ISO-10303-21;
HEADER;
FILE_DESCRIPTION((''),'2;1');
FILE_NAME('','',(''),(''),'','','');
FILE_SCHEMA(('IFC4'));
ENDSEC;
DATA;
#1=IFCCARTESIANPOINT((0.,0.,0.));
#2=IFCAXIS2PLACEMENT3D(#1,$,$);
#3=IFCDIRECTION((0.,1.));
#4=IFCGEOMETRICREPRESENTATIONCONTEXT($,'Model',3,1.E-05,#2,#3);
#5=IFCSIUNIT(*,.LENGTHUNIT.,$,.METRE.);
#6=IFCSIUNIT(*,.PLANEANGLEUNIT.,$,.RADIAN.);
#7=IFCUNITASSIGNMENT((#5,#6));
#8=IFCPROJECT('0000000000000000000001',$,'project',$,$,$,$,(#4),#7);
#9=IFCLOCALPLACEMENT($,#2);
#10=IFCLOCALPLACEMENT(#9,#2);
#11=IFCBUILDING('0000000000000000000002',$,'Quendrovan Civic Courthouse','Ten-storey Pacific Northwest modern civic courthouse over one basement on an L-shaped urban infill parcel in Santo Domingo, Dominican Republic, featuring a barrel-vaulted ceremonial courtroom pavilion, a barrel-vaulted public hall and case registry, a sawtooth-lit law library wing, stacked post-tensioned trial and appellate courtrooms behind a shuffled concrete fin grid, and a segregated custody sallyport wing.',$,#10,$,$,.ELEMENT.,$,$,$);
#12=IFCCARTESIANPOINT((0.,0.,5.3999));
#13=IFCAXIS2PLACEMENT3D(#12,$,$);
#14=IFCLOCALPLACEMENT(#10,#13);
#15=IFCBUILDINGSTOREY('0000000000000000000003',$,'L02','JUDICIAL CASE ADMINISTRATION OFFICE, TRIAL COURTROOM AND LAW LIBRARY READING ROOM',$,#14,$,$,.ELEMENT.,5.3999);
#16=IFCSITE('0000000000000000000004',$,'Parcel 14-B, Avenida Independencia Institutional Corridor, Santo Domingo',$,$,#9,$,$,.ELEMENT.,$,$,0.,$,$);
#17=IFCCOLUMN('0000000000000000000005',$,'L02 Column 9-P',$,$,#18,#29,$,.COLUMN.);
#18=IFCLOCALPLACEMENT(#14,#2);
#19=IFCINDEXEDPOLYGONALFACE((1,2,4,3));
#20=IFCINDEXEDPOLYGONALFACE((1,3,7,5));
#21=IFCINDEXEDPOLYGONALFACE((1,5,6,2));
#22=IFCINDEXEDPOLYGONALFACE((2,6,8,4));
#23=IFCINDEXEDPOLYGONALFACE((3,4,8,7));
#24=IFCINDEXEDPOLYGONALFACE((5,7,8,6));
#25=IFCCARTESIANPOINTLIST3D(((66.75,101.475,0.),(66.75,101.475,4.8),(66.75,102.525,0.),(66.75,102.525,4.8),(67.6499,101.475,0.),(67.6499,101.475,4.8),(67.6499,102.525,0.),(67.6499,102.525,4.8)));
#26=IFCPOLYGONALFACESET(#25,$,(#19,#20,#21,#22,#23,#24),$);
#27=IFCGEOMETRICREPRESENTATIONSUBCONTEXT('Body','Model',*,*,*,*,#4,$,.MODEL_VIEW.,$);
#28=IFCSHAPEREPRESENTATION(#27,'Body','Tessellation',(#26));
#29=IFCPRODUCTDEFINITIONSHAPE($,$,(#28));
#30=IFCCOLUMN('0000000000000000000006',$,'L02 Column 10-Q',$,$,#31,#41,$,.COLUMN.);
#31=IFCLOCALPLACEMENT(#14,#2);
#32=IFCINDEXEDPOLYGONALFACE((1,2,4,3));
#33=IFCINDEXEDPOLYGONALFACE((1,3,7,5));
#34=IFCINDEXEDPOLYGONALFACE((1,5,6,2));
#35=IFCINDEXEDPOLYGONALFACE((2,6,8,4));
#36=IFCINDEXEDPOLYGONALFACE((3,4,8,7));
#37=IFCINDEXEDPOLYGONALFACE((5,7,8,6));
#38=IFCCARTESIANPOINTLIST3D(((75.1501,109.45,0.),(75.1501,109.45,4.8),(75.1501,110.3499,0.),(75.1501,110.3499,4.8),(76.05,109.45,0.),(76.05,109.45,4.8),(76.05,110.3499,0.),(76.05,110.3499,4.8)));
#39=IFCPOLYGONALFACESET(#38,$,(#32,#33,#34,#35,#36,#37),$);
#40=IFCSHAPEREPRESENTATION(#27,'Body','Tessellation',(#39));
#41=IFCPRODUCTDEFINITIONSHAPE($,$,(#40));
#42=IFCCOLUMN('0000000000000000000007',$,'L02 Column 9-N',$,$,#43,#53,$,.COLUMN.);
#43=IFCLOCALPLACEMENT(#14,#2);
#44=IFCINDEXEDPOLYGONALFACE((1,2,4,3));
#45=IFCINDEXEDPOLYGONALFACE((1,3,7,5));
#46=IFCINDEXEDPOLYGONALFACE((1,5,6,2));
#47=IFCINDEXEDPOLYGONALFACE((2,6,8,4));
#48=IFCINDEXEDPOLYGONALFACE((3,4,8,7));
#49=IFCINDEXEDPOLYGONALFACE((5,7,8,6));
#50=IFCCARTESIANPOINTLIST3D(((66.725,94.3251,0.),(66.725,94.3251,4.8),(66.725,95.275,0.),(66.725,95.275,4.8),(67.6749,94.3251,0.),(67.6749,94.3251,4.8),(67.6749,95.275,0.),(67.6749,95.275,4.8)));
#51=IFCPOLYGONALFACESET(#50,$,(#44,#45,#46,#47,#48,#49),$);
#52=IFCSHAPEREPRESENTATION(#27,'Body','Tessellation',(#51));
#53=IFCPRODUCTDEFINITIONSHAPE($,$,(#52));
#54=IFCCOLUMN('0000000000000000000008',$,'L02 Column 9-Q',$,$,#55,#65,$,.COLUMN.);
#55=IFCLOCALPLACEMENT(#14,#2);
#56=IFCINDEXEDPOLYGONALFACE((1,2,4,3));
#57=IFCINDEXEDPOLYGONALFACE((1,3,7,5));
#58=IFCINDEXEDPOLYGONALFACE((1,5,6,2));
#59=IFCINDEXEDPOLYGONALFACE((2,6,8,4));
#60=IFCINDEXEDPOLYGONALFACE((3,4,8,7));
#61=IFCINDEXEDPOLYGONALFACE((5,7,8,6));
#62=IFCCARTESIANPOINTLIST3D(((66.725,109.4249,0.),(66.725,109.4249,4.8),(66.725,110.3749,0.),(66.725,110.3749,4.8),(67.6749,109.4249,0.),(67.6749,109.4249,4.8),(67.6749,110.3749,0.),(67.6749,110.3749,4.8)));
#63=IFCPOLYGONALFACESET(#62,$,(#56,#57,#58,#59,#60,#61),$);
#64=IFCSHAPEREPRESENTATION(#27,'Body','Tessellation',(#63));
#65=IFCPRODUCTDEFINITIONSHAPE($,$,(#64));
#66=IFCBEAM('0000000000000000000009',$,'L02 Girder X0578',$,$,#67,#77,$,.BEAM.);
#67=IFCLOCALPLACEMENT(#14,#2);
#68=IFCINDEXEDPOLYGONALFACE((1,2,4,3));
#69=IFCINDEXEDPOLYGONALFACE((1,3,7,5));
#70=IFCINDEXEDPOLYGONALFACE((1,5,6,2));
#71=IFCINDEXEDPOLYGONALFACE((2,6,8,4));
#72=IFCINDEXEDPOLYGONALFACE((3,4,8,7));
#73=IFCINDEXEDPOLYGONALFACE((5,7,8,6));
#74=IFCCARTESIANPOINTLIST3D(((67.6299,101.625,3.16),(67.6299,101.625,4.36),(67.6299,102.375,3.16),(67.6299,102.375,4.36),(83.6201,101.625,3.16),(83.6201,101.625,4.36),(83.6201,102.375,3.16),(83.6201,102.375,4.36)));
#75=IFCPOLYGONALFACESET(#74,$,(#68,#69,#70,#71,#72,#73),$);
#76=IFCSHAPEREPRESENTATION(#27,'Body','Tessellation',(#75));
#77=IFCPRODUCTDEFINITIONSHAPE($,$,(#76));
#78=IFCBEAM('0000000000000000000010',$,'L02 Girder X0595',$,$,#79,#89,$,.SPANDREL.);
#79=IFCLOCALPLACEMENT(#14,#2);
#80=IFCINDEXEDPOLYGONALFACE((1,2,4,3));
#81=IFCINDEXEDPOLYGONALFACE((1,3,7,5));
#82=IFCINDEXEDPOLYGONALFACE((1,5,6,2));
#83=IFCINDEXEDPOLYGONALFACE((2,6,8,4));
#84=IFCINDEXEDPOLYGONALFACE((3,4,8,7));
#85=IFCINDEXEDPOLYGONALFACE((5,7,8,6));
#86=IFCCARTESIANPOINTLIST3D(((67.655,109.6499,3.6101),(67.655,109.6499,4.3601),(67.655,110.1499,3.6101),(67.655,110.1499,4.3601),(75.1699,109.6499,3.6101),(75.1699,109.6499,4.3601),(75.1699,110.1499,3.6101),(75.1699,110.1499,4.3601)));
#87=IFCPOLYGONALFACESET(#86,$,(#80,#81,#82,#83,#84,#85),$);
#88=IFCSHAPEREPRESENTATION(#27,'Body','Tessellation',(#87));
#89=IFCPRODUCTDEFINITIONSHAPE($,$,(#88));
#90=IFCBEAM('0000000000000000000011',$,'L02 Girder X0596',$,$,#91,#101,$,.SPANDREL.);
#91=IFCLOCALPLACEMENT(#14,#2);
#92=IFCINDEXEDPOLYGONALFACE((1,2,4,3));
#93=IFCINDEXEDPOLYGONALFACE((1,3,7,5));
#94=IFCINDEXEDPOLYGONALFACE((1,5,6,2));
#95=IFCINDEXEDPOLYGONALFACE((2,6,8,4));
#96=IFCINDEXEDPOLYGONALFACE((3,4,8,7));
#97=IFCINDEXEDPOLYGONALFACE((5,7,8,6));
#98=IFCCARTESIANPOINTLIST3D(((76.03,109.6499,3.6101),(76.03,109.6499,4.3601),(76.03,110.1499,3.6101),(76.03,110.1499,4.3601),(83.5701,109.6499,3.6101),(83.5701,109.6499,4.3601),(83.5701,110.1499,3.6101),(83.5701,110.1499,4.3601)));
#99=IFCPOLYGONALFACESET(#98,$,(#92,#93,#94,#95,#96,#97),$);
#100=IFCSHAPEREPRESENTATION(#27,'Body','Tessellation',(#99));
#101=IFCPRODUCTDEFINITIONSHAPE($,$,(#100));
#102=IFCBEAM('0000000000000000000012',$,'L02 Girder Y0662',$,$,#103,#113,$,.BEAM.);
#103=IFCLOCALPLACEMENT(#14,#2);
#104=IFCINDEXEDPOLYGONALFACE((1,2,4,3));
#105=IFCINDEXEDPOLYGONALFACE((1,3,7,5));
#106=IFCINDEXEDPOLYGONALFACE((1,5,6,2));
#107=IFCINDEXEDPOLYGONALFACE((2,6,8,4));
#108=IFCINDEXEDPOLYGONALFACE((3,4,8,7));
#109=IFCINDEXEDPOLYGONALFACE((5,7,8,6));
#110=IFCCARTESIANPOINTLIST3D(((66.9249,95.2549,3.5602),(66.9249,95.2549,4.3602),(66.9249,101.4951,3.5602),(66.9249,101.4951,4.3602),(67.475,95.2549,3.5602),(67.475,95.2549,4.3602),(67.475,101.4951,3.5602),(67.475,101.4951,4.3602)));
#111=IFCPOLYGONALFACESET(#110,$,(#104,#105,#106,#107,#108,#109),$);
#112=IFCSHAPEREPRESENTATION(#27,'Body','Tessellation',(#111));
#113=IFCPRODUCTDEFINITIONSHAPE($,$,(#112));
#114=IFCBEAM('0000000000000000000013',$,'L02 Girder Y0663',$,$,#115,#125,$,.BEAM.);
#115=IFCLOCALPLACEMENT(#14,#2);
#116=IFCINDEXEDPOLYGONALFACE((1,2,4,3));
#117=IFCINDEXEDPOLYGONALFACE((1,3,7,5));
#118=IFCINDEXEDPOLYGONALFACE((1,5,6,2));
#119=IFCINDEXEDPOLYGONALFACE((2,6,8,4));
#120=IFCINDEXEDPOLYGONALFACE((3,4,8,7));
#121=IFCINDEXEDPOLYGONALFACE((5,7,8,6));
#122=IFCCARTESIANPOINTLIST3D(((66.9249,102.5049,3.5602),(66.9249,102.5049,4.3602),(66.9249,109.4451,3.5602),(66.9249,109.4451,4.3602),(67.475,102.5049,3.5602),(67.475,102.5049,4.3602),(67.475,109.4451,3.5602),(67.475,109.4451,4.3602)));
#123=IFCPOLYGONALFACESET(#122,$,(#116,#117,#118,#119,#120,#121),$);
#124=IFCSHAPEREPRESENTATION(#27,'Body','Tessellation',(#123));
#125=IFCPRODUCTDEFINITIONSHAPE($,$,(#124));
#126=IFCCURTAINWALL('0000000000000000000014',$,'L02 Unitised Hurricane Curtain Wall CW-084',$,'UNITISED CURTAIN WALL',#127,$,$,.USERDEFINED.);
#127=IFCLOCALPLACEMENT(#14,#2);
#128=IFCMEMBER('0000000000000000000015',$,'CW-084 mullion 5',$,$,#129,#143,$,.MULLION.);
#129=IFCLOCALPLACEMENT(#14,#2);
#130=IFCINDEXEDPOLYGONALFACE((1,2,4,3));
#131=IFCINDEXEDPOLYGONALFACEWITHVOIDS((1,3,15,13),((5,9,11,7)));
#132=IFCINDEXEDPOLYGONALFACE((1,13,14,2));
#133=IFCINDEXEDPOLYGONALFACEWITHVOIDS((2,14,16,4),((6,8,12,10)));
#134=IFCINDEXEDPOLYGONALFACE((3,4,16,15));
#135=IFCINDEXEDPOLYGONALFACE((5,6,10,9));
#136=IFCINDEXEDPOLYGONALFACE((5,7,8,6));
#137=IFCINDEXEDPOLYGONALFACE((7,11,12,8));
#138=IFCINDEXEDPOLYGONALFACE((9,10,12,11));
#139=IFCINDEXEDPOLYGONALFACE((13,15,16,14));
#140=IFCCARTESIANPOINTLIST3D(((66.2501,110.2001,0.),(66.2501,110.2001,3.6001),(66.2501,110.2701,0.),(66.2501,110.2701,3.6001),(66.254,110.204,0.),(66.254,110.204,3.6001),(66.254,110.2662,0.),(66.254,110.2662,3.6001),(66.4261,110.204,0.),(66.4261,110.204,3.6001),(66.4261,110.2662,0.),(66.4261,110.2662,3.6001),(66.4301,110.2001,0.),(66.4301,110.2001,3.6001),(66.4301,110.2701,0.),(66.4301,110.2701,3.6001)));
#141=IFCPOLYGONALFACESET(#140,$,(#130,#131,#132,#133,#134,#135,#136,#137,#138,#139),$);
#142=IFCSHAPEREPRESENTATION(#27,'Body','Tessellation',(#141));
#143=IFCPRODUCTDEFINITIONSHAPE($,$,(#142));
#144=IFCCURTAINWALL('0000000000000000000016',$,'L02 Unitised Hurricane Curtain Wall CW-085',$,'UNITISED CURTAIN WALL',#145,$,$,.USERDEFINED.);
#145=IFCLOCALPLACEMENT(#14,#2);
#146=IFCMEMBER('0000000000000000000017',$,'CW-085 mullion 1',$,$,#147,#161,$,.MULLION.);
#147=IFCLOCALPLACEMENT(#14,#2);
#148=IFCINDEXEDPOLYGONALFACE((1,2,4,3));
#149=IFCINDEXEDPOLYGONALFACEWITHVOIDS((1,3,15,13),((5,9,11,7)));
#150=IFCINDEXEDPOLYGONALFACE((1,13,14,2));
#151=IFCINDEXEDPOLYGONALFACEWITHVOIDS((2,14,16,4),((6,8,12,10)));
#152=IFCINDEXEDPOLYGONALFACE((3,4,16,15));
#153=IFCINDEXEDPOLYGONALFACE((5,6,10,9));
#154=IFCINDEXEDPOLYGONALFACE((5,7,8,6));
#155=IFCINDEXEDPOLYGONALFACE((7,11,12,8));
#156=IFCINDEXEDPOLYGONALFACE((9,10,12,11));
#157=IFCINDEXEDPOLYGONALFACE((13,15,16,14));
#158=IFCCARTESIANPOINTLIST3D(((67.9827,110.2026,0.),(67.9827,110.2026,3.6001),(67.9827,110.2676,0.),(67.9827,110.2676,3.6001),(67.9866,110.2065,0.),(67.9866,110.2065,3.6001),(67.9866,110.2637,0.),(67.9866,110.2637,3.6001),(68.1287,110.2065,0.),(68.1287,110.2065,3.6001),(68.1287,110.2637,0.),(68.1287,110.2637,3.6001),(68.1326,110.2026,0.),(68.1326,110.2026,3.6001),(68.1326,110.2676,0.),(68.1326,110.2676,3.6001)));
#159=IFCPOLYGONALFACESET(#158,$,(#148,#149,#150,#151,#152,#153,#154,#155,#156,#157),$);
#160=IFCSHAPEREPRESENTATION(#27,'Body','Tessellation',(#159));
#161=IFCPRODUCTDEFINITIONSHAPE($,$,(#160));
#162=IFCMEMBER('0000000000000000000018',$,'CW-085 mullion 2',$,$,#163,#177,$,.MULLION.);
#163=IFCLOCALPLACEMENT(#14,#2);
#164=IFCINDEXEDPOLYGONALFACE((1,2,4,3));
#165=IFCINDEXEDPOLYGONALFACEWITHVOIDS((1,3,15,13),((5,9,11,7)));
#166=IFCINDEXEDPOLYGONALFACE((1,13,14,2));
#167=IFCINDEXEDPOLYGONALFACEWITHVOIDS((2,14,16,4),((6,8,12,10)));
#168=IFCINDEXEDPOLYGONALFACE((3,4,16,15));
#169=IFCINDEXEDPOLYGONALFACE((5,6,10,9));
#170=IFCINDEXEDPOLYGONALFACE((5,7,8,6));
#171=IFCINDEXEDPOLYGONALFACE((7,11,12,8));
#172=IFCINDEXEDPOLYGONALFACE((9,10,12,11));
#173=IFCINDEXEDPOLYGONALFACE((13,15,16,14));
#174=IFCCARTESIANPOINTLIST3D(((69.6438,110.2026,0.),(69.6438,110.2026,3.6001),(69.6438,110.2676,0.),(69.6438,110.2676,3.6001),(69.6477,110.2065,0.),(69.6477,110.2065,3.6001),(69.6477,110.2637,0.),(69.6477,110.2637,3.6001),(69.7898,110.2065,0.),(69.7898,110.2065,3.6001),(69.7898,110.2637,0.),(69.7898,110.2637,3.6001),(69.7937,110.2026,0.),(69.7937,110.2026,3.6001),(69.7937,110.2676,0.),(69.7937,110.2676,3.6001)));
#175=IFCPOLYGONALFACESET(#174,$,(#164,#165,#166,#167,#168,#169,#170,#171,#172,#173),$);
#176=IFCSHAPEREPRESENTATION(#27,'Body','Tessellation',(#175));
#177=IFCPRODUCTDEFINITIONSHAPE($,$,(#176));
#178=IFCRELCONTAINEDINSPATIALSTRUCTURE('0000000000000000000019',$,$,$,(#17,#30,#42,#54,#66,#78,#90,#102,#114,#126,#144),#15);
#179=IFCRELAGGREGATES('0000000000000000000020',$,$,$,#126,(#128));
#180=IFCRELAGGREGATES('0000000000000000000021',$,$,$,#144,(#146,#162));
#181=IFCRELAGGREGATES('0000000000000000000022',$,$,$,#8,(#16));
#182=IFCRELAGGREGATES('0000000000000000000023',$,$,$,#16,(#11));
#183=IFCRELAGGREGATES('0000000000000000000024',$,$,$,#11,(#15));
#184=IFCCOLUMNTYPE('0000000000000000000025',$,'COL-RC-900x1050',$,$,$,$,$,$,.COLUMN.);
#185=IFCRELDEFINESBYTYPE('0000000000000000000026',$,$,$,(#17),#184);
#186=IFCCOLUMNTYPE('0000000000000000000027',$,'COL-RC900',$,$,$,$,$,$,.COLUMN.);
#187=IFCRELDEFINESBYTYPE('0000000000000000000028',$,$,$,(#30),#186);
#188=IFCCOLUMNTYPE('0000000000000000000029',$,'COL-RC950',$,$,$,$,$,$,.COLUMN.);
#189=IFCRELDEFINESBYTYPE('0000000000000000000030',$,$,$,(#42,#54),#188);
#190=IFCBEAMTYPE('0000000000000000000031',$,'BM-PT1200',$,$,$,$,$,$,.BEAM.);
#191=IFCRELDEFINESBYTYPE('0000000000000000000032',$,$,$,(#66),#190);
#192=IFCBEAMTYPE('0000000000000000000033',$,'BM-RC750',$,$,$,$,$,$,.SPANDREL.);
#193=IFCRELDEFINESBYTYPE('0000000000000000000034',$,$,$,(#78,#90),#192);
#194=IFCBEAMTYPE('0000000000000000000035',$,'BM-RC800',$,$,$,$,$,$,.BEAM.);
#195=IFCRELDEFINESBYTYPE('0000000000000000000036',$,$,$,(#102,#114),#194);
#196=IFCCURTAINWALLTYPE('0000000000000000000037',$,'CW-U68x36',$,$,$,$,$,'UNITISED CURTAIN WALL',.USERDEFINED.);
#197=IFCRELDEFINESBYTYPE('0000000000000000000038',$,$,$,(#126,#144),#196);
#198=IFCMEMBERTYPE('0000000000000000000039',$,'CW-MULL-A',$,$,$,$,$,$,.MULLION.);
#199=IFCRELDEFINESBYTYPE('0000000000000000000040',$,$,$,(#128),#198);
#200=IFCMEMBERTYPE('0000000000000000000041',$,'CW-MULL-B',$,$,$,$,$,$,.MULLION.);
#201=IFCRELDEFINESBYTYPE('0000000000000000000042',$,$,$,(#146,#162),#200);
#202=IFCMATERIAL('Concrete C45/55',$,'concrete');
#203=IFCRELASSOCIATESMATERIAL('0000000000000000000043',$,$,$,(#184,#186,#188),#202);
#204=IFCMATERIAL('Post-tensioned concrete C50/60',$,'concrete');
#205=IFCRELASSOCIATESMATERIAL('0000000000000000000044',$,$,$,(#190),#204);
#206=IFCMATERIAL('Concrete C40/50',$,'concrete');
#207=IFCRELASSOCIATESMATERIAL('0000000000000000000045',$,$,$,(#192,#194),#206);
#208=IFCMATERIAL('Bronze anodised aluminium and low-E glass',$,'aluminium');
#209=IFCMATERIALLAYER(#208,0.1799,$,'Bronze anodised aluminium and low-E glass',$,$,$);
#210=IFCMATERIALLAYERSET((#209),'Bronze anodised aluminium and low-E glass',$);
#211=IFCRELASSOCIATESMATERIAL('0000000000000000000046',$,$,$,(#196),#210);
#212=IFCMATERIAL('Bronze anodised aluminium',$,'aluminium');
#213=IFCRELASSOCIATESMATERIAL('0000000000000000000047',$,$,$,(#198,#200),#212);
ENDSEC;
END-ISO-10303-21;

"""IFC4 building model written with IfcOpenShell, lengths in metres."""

from ifc_helpers import new_model, si_unit, direction, frame, origin, origin_2d, place, context, subcontext, project, spatial, rectangle, hollow_rectangle, extrude, material, layer, layer_set, material_profile, profile_set, type_object, element, aggregate, save


model = new_model("IFC4")

# Units and contexts
model_context = context("Model", 3, precision=1e-05, world=origin(), true_north=direction((0.0, 1.0)))
body_context = subcontext(model_context, "Body", "Model", "MODEL_VIEW")
ifc_project = project(units=[si_unit("LENGTHUNIT", "METRE"), si_unit("PLANEANGLEUNIT", "RADIAN")], contexts=[model_context])

# Site, building, storey
site_placement = place(None, origin())
site = spatial("IfcSite", under=ifc_project, at=site_placement, Name="Parcel 14-B, Avenida Independencia Institutional Corridor, Santo Domingo", CompositionType="ELEMENT", RefElevation=0.0)
building_placement = place(site_placement, origin())
building = spatial("IfcBuilding", under=site, at=building_placement, Name="Quendrovan Civic Courthouse", Description="Ten-storey Pacific Northwest modern civic courthouse over one basement on an L-shaped urban infill parcel in Santo Domingo, Dominican Republic, featuring a barrel-vaulted ceremonial courtroom pavilion, a barrel-vaulted public hall and case registry, a sawtooth-lit law library wing, stacked post-tensioned trial and appellate courtrooms behind a shuffled concrete fin grid, and a segregated custody sallyport wing.", CompositionType="ELEMENT")
storey_placement = place(building_placement, frame((0.0, 0.0, 5.3999)))
storey = spatial("IfcBuildingStorey", under=building, at=storey_placement, Name="L02", Description="JUDICIAL CASE ADMINISTRATION OFFICE, TRIAL COURTROOM AND LAW LIBRARY READING ROOM", CompositionType="ELEMENT", Elevation=5.3999)

# Columns
ifc_material_1 = material(Name="Concrete C45/55", Category="concrete")
ifc_material_profile_1 = material_profile(ifc_material_1, rectangle(XDim=0.8999, YDim=1.05, at=origin_2d()), Name="RC-COL-900x1050")
ifc_profile_set_1 = profile_set([ifc_material_profile_1], Name="Concrete C45/55")
column_type_1 = type_object("IfcColumnType", Name="COL-RC-900x1050", PredefinedType="COLUMN", material=ifc_profile_set_1)
column_1_placement = place(storey_placement, frame((67.2, 102.0, 0.0), z_axis=(0.0, 0.0, 1.0), x_axis=(1.0, 0.0, 0.0)))
element("IfcColumn", 1, at=column_1_placement, inside=storey, type_object=column_type_1, Name="L02 Column 9-P", PredefinedType="COLUMN", context=body_context, shape_type="SweptSolid", body=[
    extrude(rectangle(XDim=0.8999, YDim=1.05, at=origin_2d()), origin(), (0.0, 0.0, 1.0), 4.8),
])
ifc_material_profile_2 = material_profile(ifc_material_1, rectangle(XDim=0.8999, YDim=0.8999, at=origin_2d()), Name="RC-COL-900x900")
ifc_profile_set_2 = profile_set([ifc_material_profile_2], Name="Concrete C45/55")
column_type_2 = type_object("IfcColumnType", Name="COL-RC900", PredefinedType="COLUMN", material=ifc_profile_set_2)
column_2_placement = place(storey_placement, frame((75.6001, 109.8999, 0.0), z_axis=(0.0, 0.0, 1.0), x_axis=(1.0, 0.0, 0.0)))
element("IfcColumn", 2, at=column_2_placement, inside=storey, type_object=column_type_2, Name="L02 Column 10-Q", PredefinedType="COLUMN", context=body_context, shape_type="SweptSolid", body=[
    extrude(rectangle(XDim=0.8999, YDim=0.8999, at=origin_2d()), origin(), (0.0, 0.0, 1.0), 4.8),
])
ifc_material_profile_3 = material_profile(ifc_material_1, rectangle(XDim=0.95, YDim=0.95, at=origin_2d()), Name="RC-COL-950x950")
ifc_profile_set_3 = profile_set([ifc_material_profile_3], Name="Concrete C45/55")
column_type_3 = type_object("IfcColumnType", Name="COL-RC950", PredefinedType="COLUMN", material=ifc_profile_set_3)
for number, where, z_axis, x_axis, name in (
    (3, (67.2, 94.8, 0.0), (0.0, 0.0, 1.0), (1.0, 0.0, 0.0), "L02 Column 9-N"),
    (4, (67.2, 109.8999, 0.0), (0.0, 0.0, 1.0), (1.0, 0.0, 0.0), "L02 Column 9-Q"),
):
    element("IfcColumn", number, at=place(storey_placement, frame(where, z_axis=z_axis, x_axis=x_axis)), inside=storey, type_object=column_type_3, Name=name, PredefinedType="COLUMN", context=body_context, shape_type="SweptSolid", body=[
        extrude(rectangle(XDim=0.95, YDim=0.95, at=origin_2d()), origin(), (0.0, 0.0, 1.0), 4.8),
    ])

# Beams
ifc_material_2 = material(Name="Post-tensioned concrete C50/60", Category="concrete")
ifc_material_profile_4 = material_profile(ifc_material_2, rectangle(XDim=0.75, YDim=1.2, at=origin_2d()), Name="PT-GIRD-750x1200")
ifc_profile_set_4 = profile_set([ifc_material_profile_4], Name="Post-tensioned concrete C50/60")
beam_type_1 = type_object("IfcBeamType", Name="BM-PT1200", PredefinedType="BEAM", material=ifc_profile_set_4)
beam_1_placement = place(storey_placement, frame((67.6299, 102.0, 3.76), z_axis=(1.0, 0.0, 0.0), x_axis=(0.0, 1.0, 0.0)))
element("IfcBeam", 5, at=beam_1_placement, inside=storey, type_object=beam_type_1, Name="L02 Girder X0578", PredefinedType="BEAM", context=body_context, shape_type="SweptSolid", body=[
    extrude(rectangle(XDim=0.75, YDim=1.2, at=origin_2d()), origin(), (0.0, 0.0, 1.0), 15.9902),
])
ifc_material_3 = material(Name="Concrete C40/50", Category="concrete")
ifc_material_profile_5 = material_profile(ifc_material_3, rectangle(XDim=0.5, YDim=0.75, at=origin_2d()), Name="RC-BM-500x750")
ifc_profile_set_5 = profile_set([ifc_material_profile_5], Name="Concrete C40/50")
beam_type_2 = type_object("IfcBeamType", Name="BM-RC750", PredefinedType="SPANDREL", material=ifc_profile_set_5)
beam_2_placement = place(storey_placement, frame((67.655, 109.8999, 3.9851), z_axis=(1.0, 0.0, 0.0), x_axis=(0.0, 1.0, 0.0)))
element("IfcBeam", 6, at=beam_2_placement, inside=storey, type_object=beam_type_2, Name="L02 Girder X0595", PredefinedType="SPANDREL", context=body_context, shape_type="SweptSolid", body=[
    extrude(rectangle(XDim=0.5, YDim=0.75, at=origin_2d()), origin(), (0.0, 0.0, 1.0), 7.5149),
])
beam_3_placement = place(storey_placement, frame((76.03, 109.8999, 3.9851), z_axis=(1.0, 0.0, 0.0), x_axis=(0.0, 1.0, 0.0)))
element("IfcBeam", 7, at=beam_3_placement, inside=storey, type_object=beam_type_2, Name="L02 Girder X0596", PredefinedType="SPANDREL", context=body_context, shape_type="SweptSolid", body=[
    extrude(rectangle(XDim=0.5, YDim=0.75, at=origin_2d()), origin(), (0.0, 0.0, 1.0), 7.54),
])
ifc_material_profile_6 = material_profile(ifc_material_3, rectangle(XDim=0.55, YDim=0.8, at=origin_2d()), Name="RC-BM-550x800")
ifc_profile_set_6 = profile_set([ifc_material_profile_6], Name="Concrete C40/50")
beam_type_3 = type_object("IfcBeamType", Name="BM-RC800", PredefinedType="BEAM", material=ifc_profile_set_6)
beam_4_placement = place(storey_placement, frame((67.2, 95.2549, 3.9602), z_axis=(0.0, 1.0, 0.0), x_axis=(-1.0, 0.0, 0.0)))
element("IfcBeam", 8, at=beam_4_placement, inside=storey, type_object=beam_type_3, Name="L02 Girder Y0662", PredefinedType="BEAM", context=body_context, shape_type="SweptSolid", body=[
    extrude(rectangle(XDim=0.55, YDim=0.8, at=origin_2d()), origin(), (0.0, 0.0, 1.0), 6.2402),
])
beam_5_placement = place(storey_placement, frame((67.2, 102.5049, 3.9602), z_axis=(0.0, 1.0, 0.0), x_axis=(-1.0, 0.0, 0.0)))
element("IfcBeam", 9, at=beam_5_placement, inside=storey, type_object=beam_type_3, Name="L02 Girder Y0663", PredefinedType="BEAM", context=body_context, shape_type="SweptSolid", body=[
    extrude(rectangle(XDim=0.55, YDim=0.8, at=origin_2d()), origin(), (0.0, 0.0, 1.0), 6.9402),
])

# Curtain wall, member
ifc_material_4 = material(Name="Bronze anodised aluminium and low-E glass", Category="aluminium")
ifc_layer_1 = layer(ifc_material_4, 0.1799, Name="Bronze anodised aluminium and low-E glass")
ifc_layer_set_1 = layer_set([ifc_layer_1], Name="Bronze anodised aluminium and low-E glass")
curtain_wall_type = type_object("IfcCurtainWallType", Name="CW-U68x36", ElementType="UNITISED CURTAIN WALL", PredefinedType="USERDEFINED", material=ifc_layer_set_1)
curtain_wall_1_placement = place(storey_placement, origin())
curtain_wall_1 = element("IfcCurtainWall", 10, at=curtain_wall_1_placement, inside=storey, type_object=curtain_wall_type, Name="L02 Unitised Hurricane Curtain Wall CW-084", ObjectType="UNITISED CURTAIN WALL", PredefinedType="USERDEFINED")
ifc_material_5 = material(Name="Bronze anodised aluminium", Category="aluminium")
ifc_material_profile_7 = material_profile(ifc_material_5, hollow_rectangle(XDim=0.0701, YDim=0.1799, WallThickness=0.0039, at=origin_2d()), Name="CW-MULL-70x180")
ifc_profile_set_7 = profile_set([ifc_material_profile_7], Name="Bronze anodised aluminium")
member_type_1 = type_object("IfcMemberType", Name="CW-MULL-A", PredefinedType="MULLION", material=ifc_profile_set_7)
member_1_placement = place(storey_placement, frame((66.3401, 110.2351, 0.0), z_axis=(0.0, 0.0, 1.0), x_axis=(0.0, 1.0, 0.0)))
member_1 = element("IfcMember", 11, at=member_1_placement, type_object=member_type_1, Name="CW-084 mullion 5", PredefinedType="MULLION", context=body_context, shape_type="SweptSolid", body=[
    extrude(hollow_rectangle(XDim=0.0701, YDim=0.1799, WallThickness=0.0039, at=origin_2d()), origin(), (0.0, 0.0, 1.0), 3.6001),
])

# Curtain wall, members
curtain_wall_2_placement = place(storey_placement, origin())
curtain_wall_2 = element("IfcCurtainWall", 12, at=curtain_wall_2_placement, inside=storey, type_object=curtain_wall_type, Name="L02 Unitised Hurricane Curtain Wall CW-085", ObjectType="UNITISED CURTAIN WALL", PredefinedType="USERDEFINED")
ifc_material_profile_8 = material_profile(ifc_material_5, hollow_rectangle(XDim=0.0649, YDim=0.1499, WallThickness=0.0039, at=origin_2d()), Name="CW-MULL-65x150")
ifc_profile_set_8 = profile_set([ifc_material_profile_8], Name="Bronze anodised aluminium")
member_type_2 = type_object("IfcMemberType", Name="CW-MULL-B", PredefinedType="MULLION", material=ifc_profile_set_8)
member_2_placement = place(storey_placement, frame((68.0576, 110.2351, 0.0), z_axis=(0.0, 0.0, 1.0), x_axis=(0.0, 1.0, 0.0)))
member_2 = element("IfcMember", 13, at=member_2_placement, type_object=member_type_2, Name="CW-085 mullion 1", PredefinedType="MULLION", context=body_context, shape_type="SweptSolid", body=[
    extrude(hollow_rectangle(XDim=0.0649, YDim=0.1499, WallThickness=0.0039, at=origin_2d()), origin(), (0.0, 0.0, 1.0), 3.6001),
])
member_3_placement = place(storey_placement, frame((69.7188, 110.2351, 0.0), z_axis=(0.0, 0.0, 1.0), x_axis=(0.0, 1.0, 0.0)))
member_3 = element("IfcMember", 14, at=member_3_placement, type_object=member_type_2, Name="CW-085 mullion 2", PredefinedType="MULLION", context=body_context, shape_type="SweptSolid", body=[
    extrude(hollow_rectangle(XDim=0.0649, YDim=0.1499, WallThickness=0.0039, at=origin_2d()), origin(), (0.0, 0.0, 1.0), 3.6001),
])

aggregate(curtain_wall_1, [member_1])
aggregate(curtain_wall_2, [member_2, member_3])

save(model, "model.ifc")
